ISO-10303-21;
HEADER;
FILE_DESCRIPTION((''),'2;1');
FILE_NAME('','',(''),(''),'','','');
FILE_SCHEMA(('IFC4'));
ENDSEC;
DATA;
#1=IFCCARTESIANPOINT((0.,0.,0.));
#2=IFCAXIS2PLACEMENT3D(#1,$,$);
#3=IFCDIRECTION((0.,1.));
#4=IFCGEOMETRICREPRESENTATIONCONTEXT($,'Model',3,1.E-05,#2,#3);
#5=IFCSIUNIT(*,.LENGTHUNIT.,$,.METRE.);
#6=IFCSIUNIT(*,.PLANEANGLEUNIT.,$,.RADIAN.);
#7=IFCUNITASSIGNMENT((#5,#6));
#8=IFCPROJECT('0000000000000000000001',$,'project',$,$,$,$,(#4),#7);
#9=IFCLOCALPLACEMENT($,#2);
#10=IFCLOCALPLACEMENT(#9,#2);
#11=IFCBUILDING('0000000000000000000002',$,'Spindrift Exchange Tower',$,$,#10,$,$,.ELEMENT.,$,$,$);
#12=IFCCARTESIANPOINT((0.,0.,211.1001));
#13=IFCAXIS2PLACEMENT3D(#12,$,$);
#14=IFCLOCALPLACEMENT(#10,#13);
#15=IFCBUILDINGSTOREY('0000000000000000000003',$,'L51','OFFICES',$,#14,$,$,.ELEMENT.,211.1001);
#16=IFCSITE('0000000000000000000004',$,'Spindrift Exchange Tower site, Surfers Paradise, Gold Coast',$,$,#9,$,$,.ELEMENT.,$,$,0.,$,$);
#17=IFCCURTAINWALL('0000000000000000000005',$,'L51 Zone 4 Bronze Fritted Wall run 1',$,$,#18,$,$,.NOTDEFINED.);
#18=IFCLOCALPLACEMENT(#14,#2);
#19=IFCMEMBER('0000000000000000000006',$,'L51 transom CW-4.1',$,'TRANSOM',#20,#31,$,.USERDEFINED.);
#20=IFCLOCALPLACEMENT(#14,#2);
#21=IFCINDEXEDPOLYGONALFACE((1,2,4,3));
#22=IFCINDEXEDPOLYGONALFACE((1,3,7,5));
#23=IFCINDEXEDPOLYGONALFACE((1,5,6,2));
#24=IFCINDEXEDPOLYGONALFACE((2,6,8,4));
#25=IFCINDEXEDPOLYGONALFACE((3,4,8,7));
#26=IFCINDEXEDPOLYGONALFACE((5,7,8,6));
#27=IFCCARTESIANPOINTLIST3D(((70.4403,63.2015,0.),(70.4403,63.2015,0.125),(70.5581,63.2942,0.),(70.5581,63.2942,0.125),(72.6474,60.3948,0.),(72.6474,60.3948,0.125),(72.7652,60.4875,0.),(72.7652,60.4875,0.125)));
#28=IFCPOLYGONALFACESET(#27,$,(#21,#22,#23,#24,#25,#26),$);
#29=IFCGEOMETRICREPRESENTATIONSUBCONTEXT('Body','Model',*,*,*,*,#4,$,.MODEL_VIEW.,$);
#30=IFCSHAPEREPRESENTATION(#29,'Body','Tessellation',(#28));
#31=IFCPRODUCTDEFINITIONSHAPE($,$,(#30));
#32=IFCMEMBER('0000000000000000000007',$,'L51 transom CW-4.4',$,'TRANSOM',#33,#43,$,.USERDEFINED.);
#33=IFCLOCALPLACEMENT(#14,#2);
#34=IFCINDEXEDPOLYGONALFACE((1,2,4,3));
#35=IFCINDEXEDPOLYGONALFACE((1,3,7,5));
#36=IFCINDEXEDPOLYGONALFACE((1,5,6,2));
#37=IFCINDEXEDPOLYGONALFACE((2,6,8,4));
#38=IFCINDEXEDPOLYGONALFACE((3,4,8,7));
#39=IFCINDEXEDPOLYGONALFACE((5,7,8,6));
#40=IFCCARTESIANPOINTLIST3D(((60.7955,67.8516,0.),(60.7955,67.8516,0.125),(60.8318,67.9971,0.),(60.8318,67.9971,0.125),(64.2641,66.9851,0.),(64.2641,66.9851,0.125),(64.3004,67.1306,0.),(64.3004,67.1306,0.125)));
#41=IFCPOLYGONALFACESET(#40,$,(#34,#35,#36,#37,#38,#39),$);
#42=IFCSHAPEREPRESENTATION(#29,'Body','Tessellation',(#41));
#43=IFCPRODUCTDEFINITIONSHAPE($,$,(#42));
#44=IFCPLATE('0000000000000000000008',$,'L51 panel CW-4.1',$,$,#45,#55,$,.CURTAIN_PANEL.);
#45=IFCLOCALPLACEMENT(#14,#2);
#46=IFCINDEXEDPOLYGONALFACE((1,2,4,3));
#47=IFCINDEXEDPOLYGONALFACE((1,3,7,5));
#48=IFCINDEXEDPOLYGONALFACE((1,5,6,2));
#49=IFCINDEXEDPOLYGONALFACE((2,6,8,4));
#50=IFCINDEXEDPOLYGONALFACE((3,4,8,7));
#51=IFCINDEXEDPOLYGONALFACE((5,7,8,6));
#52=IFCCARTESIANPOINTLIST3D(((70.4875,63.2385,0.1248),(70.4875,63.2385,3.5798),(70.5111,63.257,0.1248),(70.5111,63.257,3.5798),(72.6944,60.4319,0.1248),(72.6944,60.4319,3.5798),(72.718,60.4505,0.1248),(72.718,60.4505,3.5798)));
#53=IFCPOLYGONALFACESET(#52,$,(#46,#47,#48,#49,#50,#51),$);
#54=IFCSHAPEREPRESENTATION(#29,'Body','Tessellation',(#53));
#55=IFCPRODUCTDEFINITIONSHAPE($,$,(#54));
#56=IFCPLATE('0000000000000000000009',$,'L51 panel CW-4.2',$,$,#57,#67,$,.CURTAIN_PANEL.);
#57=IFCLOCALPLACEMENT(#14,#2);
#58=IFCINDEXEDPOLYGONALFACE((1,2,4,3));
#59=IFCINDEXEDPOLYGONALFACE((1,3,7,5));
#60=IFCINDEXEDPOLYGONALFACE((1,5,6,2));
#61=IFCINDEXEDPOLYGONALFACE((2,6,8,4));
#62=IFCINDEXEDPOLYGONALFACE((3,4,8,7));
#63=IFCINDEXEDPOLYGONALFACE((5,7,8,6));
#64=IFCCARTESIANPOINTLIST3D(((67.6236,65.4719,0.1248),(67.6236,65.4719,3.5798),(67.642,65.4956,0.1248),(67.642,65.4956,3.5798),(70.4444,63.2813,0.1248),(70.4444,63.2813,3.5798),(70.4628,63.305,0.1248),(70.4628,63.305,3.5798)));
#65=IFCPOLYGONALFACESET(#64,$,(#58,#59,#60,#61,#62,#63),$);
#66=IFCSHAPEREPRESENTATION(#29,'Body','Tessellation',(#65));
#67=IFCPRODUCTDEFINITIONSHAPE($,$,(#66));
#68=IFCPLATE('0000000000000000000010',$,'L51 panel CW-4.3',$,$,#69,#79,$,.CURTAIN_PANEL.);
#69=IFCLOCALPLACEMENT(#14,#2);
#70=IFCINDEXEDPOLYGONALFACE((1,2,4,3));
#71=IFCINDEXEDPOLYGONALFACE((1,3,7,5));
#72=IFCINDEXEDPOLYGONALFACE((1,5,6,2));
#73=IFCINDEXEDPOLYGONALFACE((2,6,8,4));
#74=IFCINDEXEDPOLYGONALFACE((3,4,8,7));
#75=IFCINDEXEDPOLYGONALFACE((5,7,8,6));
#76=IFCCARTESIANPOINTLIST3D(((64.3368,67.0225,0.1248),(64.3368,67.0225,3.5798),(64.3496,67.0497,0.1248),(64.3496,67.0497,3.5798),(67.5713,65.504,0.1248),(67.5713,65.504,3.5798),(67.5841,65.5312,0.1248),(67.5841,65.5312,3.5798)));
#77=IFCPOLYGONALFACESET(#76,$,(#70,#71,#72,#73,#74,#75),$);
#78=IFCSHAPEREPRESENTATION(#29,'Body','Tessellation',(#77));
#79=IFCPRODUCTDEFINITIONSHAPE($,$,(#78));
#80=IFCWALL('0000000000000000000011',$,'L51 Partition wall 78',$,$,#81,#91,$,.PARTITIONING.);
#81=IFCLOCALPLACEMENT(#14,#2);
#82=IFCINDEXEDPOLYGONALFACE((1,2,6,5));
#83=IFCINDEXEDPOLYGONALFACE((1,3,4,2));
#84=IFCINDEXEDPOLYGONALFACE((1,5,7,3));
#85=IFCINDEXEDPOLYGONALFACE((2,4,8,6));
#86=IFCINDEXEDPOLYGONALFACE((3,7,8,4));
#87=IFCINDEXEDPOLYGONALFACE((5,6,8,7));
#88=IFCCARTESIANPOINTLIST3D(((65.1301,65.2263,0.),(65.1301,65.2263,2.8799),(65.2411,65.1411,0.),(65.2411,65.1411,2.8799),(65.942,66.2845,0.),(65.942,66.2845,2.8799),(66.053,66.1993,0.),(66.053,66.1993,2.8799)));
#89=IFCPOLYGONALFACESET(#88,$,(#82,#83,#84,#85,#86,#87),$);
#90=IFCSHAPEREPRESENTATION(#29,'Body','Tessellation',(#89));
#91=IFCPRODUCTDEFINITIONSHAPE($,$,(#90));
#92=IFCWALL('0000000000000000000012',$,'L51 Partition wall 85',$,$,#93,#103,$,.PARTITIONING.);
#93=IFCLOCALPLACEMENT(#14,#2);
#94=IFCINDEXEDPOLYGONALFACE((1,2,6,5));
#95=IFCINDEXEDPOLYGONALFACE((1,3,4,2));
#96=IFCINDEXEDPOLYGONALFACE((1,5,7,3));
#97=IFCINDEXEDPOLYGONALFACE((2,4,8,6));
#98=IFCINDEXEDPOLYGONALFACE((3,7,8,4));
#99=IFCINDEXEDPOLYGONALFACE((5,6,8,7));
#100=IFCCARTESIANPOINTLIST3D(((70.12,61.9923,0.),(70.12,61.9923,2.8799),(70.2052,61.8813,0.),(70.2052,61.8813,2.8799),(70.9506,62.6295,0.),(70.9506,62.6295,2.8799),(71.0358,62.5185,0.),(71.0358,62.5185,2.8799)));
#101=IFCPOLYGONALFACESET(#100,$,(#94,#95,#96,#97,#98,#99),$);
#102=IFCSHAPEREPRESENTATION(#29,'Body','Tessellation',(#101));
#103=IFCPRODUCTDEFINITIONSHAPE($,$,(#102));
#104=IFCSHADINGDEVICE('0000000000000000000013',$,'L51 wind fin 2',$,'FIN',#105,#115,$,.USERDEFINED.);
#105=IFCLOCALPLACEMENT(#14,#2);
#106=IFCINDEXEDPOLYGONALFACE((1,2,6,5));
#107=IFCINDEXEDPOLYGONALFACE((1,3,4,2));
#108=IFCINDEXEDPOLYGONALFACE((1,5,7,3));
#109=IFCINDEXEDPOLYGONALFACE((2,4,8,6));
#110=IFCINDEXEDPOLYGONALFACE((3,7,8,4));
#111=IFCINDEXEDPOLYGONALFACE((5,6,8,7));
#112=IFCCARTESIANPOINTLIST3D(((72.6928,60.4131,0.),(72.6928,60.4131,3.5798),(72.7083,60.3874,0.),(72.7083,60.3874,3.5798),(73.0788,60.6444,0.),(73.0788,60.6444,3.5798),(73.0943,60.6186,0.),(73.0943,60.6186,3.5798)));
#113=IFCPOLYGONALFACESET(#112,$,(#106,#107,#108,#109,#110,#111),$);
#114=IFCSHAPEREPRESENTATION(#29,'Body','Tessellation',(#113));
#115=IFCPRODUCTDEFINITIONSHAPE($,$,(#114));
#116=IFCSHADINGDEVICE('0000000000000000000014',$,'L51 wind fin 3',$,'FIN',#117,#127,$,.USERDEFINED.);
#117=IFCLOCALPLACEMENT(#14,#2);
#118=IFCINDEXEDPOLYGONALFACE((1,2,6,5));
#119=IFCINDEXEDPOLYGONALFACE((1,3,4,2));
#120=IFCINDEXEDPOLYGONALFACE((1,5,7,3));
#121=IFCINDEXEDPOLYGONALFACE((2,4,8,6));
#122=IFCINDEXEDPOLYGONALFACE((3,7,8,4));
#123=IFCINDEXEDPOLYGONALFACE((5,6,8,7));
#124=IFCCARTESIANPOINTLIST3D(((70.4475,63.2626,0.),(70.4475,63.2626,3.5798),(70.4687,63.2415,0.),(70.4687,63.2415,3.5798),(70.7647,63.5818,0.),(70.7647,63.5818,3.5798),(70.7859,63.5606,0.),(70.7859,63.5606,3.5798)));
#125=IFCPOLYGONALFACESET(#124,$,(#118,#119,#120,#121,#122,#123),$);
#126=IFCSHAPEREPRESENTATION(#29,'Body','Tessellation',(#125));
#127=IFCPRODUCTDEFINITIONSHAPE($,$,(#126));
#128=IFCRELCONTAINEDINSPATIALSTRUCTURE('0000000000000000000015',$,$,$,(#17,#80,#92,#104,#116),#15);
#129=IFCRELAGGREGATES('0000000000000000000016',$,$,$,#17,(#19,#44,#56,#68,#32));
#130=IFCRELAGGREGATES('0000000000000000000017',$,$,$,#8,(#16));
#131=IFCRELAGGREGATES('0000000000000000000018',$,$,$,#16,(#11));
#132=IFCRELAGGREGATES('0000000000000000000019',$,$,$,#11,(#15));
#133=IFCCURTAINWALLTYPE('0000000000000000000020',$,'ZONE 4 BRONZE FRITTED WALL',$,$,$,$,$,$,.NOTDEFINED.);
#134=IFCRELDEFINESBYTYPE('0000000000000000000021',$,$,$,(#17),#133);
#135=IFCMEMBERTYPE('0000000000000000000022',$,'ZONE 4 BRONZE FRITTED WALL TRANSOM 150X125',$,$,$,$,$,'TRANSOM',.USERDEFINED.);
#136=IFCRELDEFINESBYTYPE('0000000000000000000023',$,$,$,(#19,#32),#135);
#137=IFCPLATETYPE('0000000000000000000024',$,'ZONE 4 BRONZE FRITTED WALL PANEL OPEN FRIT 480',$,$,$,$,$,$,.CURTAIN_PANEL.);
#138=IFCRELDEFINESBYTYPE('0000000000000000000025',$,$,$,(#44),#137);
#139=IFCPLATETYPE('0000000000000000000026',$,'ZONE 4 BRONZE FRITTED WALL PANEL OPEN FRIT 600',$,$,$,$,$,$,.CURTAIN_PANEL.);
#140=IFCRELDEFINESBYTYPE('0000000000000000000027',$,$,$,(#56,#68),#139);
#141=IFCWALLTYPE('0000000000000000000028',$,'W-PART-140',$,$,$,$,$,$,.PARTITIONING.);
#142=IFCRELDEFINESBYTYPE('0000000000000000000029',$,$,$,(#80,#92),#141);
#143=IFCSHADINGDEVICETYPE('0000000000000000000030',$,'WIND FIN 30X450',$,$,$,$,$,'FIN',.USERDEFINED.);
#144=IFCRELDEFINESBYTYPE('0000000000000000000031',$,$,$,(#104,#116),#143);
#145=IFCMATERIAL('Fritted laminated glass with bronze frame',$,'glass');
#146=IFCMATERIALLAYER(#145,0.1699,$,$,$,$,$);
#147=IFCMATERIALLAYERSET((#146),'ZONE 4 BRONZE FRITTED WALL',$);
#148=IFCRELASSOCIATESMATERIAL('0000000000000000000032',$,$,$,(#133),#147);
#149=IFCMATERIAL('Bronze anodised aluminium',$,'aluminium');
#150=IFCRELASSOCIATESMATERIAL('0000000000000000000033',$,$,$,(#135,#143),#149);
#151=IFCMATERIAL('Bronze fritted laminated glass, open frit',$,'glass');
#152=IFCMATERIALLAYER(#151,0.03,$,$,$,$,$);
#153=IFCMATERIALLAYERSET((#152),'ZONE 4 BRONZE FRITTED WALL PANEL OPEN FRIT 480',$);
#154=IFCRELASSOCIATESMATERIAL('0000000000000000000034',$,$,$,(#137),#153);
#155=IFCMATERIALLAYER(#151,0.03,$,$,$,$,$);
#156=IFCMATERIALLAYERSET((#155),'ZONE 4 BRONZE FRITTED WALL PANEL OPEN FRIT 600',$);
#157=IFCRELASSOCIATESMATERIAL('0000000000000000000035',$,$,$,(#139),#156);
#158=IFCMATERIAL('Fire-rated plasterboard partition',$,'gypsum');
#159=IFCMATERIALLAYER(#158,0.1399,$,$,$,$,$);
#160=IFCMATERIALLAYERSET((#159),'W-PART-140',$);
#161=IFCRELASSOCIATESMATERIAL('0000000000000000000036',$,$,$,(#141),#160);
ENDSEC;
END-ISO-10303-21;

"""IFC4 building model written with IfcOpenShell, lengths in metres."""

from ifc_helpers import new_model, si_unit, direction, frame, frame_2d, origin, origin_2d, place, context, subcontext, project, spatial, rectangle, extrude, source, transform, mapped, material, layer, layer_set, material_profile, profile_set, type_object, element, aggregate, save


model = new_model("IFC4")

# Units and contexts
model_context = context("Model", 3, precision=1e-05, world=origin(), true_north=direction((0.0, 1.0)))
body_context = subcontext(model_context, "Body", "Model", "MODEL_VIEW")
ifc_project = project(units=[si_unit("LENGTHUNIT", "METRE"), si_unit("PLANEANGLEUNIT", "RADIAN")], contexts=[model_context])

# Site, building, storey
site_placement = place(None, origin())
site = spatial("IfcSite", under=ifc_project, at=site_placement, Name="Spindrift Exchange Tower site, Surfers Paradise, Gold Coast", CompositionType="ELEMENT", RefElevation=0.0)
building_placement = place(site_placement, origin())
building = spatial("IfcBuilding", under=site, at=building_placement, Name="Spindrift Exchange Tower", CompositionType="ELEMENT")
storey_placement = place(building_placement, frame((0.0, 0.0, 211.1001)))
storey = spatial("IfcBuildingStorey", under=building, at=storey_placement, Name="L51", Description="OFFICES", CompositionType="ELEMENT", Elevation=211.1001)

# Curtain wall, members, plates
ifc_material_1 = material(Name="Fritted laminated glass with bronze frame", Category="glass")
ifc_layer_1 = layer(ifc_material_1, 0.1699)
ifc_layer_set_1 = layer_set([ifc_layer_1], Name="ZONE 4 BRONZE FRITTED WALL")
curtain_wall_type = type_object("IfcCurtainWallType", Name="ZONE 4 BRONZE FRITTED WALL", PredefinedType="NOTDEFINED", material=ifc_layer_set_1)
curtain_wall_placement = place(storey_placement, origin())
curtain_wall = element("IfcCurtainWall", 1, at=curtain_wall_placement, inside=storey, type_object=curtain_wall_type, Name="L51 Zone 4 Bronze Fritted Wall run 1", PredefinedType="NOTDEFINED")
ifc_material_2 = material(Name="Bronze anodised aluminium", Category="aluminium")
ifc_material_profile_1 = material_profile(ifc_material_2, rectangle(XDim=0.1499, YDim=0.125, at=origin_2d()), Name="ZONE 4 BRONZE FRITTED WALL TRANSOM 150X125")
ifc_profile_set_1 = profile_set([ifc_material_profile_1], Name="Bronze anodised aluminium")
member_type_1 = type_object("IfcMemberType", Name="ZONE 4 BRONZE FRITTED WALL TRANSOM 150X125", ElementType="TRANSOM", PredefinedType="USERDEFINED", material=ifc_profile_set_1)
shared_shape_1 = source(origin(), body_context, "Body", "SweptSolid", [
    extrude(rectangle(XDim=0.1499, YDim=0.125, at=origin_2d()), origin(), (0.0, 0.0, 1.0), 3.5706),
])
member_1_placement = place(storey_placement, frame((72.7063, 60.4412, 0.0625), z_axis=(-0.618136, 0.786072, 0.0), x_axis=(-0.786072, -0.618136, 0.0)))
member_1 = element("IfcMember", 2, at=member_1_placement, type_object=member_type_1, Name="L51 transom CW-4.1", ObjectType="TRANSOM", PredefinedType="USERDEFINED", context=body_context, shape_type="MappedRepresentation", body=[
    mapped(shared_shape_1, transform((0.0, 0.0, 0.0), scale=1.0)),
])
shared_shape_2 = source(origin(), body_context, "Body", "SweptSolid", [
    extrude(rectangle(XDim=0.1499, YDim=0.125, at=origin_2d()), origin(), (0.0, 0.0, 1.0), 3.5752),
])
member_2_placement = place(storey_placement, frame((64.2822, 67.0579, 0.0625), z_axis=(-0.970187, 0.242359, 0.0), x_axis=(-0.242359, -0.970187, 0.0)))
member_2 = element("IfcMember", 3, at=member_2_placement, type_object=member_type_1, Name="L51 transom CW-4.4", ObjectType="TRANSOM", PredefinedType="USERDEFINED", context=body_context, shape_type="MappedRepresentation", body=[
    mapped(shared_shape_2, transform((0.0, 0.0, 0.0), scale=1.0)),
])
ifc_material_3 = material(Name="Bronze fritted laminated glass, open frit", Category="glass")
ifc_layer_2 = layer(ifc_material_3, 0.03)
ifc_layer_set_2 = layer_set([ifc_layer_2], Name="ZONE 4 BRONZE FRITTED WALL PANEL OPEN FRIT 480")
plate_type_1 = type_object("IfcPlateType", Name="ZONE 4 BRONZE FRITTED WALL PANEL OPEN FRIT 480", PredefinedType="CURTAIN_PANEL", material=ifc_layer_set_2)
shared_shape_3 = source(origin(), body_context, "Body", "SweptSolid", [
    extrude(rectangle(XDim=3.5703, YDim=0.03, at=origin_2d()), origin(), (0.0, 0.0, 1.0), 3.4551),
])
plate_1_placement = place(storey_placement, frame((71.6028, 61.8445, 0.1248), z_axis=(0.0, 0.0, 1.0), x_axis=(-0.618118, 0.786086, 0.0)))
plate_1 = element("IfcPlate", 4, at=plate_1_placement, type_object=plate_type_1, Name="L51 panel CW-4.1", PredefinedType="CURTAIN_PANEL", context=body_context, shape_type="MappedRepresentation", body=[
    mapped(shared_shape_3, transform((0.0, 0.0, 0.0), scale=1.0)),
])
ifc_layer_3 = layer(ifc_material_3, 0.03)
ifc_layer_set_3 = layer_set([ifc_layer_3], Name="ZONE 4 BRONZE FRITTED WALL PANEL OPEN FRIT 600")
plate_type_2 = type_object("IfcPlateType", Name="ZONE 4 BRONZE FRITTED WALL PANEL OPEN FRIT 600", PredefinedType="CURTAIN_PANEL", material=ifc_layer_set_3)
shared_shape_4 = source(origin(), body_context, "Body", "SweptSolid", [
    extrude(rectangle(XDim=3.5715, YDim=0.03, at=origin_2d()), origin(), (0.0, 0.0, 1.0), 3.4551),
])
plate_2_placement = place(storey_placement, frame((69.0432, 64.3884, 0.1248), z_axis=(0.0, 0.0, 1.0), x_axis=(-0.789809, 0.613352, 0.0)))
plate_2 = element("IfcPlate", 5, at=plate_2_placement, type_object=plate_type_2, Name="L51 panel CW-4.2", PredefinedType="CURTAIN_PANEL", context=body_context, shape_type="MappedRepresentation", body=[
    mapped(shared_shape_4, transform((0.0, 0.0, 0.0), scale=1.0)),
])
shared_shape_5 = source(origin(), body_context, "Body", "SweptSolid", [
    extrude(rectangle(XDim=3.5732, YDim=0.03, at=origin_2d()), origin(), (0.0, 0.0, 1.0), 3.4551),
])
plate_3_placement = place(storey_placement, frame((65.9604, 66.2769, 0.1248), z_axis=(0.0, 0.0, 1.0), x_axis=(-0.905203, 0.424978, 0.0)))
plate_3 = element("IfcPlate", 6, at=plate_3_placement, type_object=plate_type_2, Name="L51 panel CW-4.3", PredefinedType="CURTAIN_PANEL", context=body_context, shape_type="MappedRepresentation", body=[
    mapped(shared_shape_5, transform((0.0, 0.0, 0.0), scale=1.0)),
])
aggregate(curtain_wall, [member_1, plate_1, plate_2, plate_3, member_2])

# Walls
ifc_material_4 = material(Name="Fire-rated plasterboard partition", Category="gypsum")
ifc_layer_4 = layer(ifc_material_4, 0.1399)
ifc_layer_set_4 = layer_set([ifc_layer_4], Name="W-PART-140")
wall_type = type_object("IfcWallType", Name="W-PART-140", PredefinedType="PARTITIONING", material=ifc_layer_set_4)
wall_1_placement = place(storey_placement, frame((65.1855, 65.1836, 0.0), z_axis=(0.0, 0.0, 1.0), x_axis=(0.608693, 0.793406, 0.0)))
element("IfcWall", 7, at=wall_1_placement, inside=storey, type_object=wall_type, Name="L51 Partition wall 78", PredefinedType="PARTITIONING", context=body_context, shape_type="SweptSolid", body=[
    extrude(rectangle(XDim=1.3337, YDim=0.1399, at=frame_2d((0.667, 0.0))), origin(), (0.0, 0.0, 1.0), 2.8799),
])
wall_2_placement = place(storey_placement, frame((70.1626, 61.9368, 0.0), z_axis=(0.0, 0.0, 1.0), x_axis=(0.793404, 0.608696, 0.0)))
element("IfcWall", 8, at=wall_2_placement, inside=storey, type_object=wall_type, Name="L51 Partition wall 85", PredefinedType="PARTITIONING", context=body_context, shape_type="SweptSolid", body=[
    extrude(rectangle(XDim=1.0469, YDim=0.1399, at=frame_2d((0.5234, 0.0))), origin(), (0.0, 0.0, 1.0), 2.8799),
])

# Shading devices
ifc_material_profile_2 = material_profile(ifc_material_2, rectangle(XDim=0.03, YDim=0.45, at=origin_2d()), Name="WIND FIN 30X450")
ifc_profile_set_2 = profile_set([ifc_material_profile_2], Name="Bronze anodised aluminium")
shading_device_type = type_object("IfcShadingDeviceType", Name="WIND FIN 30X450", ElementType="FIN", PredefinedType="USERDEFINED", material=ifc_profile_set_2)
shared_shape_6 = source(origin(), body_context, "Body", "SweptSolid", [
    extrude(rectangle(XDim=0.03, YDim=0.45, at=origin_2d()), origin(), (0.0, 0.0, 1.0), 3.5798),
])
for number, where, z_axis, x_axis, name in (
    (9, (72.8936, 60.5159, 0.0), (0.0, 0.0, 1.0), (-0.513878, 0.857863, 0.0), "L51 wind fin 2"),
    (10, (70.6167, 63.4116, 0.0), (0.0, 0.0, 1.0), (-0.709242, 0.704965, 0.0), "L51 wind fin 3"),
):
    element("IfcShadingDevice", number, at=place(storey_placement, frame(where, z_axis=z_axis, x_axis=x_axis)), inside=storey, type_object=shading_device_type, Name=name, ObjectType="FIN", PredefinedType="USERDEFINED", context=body_context, shape_type="MappedRepresentation", body=[
        mapped(shared_shape_6, transform((0.0, 0.0, 0.0), scale=1.0)),
    ])

save(model, "model.ifc")
